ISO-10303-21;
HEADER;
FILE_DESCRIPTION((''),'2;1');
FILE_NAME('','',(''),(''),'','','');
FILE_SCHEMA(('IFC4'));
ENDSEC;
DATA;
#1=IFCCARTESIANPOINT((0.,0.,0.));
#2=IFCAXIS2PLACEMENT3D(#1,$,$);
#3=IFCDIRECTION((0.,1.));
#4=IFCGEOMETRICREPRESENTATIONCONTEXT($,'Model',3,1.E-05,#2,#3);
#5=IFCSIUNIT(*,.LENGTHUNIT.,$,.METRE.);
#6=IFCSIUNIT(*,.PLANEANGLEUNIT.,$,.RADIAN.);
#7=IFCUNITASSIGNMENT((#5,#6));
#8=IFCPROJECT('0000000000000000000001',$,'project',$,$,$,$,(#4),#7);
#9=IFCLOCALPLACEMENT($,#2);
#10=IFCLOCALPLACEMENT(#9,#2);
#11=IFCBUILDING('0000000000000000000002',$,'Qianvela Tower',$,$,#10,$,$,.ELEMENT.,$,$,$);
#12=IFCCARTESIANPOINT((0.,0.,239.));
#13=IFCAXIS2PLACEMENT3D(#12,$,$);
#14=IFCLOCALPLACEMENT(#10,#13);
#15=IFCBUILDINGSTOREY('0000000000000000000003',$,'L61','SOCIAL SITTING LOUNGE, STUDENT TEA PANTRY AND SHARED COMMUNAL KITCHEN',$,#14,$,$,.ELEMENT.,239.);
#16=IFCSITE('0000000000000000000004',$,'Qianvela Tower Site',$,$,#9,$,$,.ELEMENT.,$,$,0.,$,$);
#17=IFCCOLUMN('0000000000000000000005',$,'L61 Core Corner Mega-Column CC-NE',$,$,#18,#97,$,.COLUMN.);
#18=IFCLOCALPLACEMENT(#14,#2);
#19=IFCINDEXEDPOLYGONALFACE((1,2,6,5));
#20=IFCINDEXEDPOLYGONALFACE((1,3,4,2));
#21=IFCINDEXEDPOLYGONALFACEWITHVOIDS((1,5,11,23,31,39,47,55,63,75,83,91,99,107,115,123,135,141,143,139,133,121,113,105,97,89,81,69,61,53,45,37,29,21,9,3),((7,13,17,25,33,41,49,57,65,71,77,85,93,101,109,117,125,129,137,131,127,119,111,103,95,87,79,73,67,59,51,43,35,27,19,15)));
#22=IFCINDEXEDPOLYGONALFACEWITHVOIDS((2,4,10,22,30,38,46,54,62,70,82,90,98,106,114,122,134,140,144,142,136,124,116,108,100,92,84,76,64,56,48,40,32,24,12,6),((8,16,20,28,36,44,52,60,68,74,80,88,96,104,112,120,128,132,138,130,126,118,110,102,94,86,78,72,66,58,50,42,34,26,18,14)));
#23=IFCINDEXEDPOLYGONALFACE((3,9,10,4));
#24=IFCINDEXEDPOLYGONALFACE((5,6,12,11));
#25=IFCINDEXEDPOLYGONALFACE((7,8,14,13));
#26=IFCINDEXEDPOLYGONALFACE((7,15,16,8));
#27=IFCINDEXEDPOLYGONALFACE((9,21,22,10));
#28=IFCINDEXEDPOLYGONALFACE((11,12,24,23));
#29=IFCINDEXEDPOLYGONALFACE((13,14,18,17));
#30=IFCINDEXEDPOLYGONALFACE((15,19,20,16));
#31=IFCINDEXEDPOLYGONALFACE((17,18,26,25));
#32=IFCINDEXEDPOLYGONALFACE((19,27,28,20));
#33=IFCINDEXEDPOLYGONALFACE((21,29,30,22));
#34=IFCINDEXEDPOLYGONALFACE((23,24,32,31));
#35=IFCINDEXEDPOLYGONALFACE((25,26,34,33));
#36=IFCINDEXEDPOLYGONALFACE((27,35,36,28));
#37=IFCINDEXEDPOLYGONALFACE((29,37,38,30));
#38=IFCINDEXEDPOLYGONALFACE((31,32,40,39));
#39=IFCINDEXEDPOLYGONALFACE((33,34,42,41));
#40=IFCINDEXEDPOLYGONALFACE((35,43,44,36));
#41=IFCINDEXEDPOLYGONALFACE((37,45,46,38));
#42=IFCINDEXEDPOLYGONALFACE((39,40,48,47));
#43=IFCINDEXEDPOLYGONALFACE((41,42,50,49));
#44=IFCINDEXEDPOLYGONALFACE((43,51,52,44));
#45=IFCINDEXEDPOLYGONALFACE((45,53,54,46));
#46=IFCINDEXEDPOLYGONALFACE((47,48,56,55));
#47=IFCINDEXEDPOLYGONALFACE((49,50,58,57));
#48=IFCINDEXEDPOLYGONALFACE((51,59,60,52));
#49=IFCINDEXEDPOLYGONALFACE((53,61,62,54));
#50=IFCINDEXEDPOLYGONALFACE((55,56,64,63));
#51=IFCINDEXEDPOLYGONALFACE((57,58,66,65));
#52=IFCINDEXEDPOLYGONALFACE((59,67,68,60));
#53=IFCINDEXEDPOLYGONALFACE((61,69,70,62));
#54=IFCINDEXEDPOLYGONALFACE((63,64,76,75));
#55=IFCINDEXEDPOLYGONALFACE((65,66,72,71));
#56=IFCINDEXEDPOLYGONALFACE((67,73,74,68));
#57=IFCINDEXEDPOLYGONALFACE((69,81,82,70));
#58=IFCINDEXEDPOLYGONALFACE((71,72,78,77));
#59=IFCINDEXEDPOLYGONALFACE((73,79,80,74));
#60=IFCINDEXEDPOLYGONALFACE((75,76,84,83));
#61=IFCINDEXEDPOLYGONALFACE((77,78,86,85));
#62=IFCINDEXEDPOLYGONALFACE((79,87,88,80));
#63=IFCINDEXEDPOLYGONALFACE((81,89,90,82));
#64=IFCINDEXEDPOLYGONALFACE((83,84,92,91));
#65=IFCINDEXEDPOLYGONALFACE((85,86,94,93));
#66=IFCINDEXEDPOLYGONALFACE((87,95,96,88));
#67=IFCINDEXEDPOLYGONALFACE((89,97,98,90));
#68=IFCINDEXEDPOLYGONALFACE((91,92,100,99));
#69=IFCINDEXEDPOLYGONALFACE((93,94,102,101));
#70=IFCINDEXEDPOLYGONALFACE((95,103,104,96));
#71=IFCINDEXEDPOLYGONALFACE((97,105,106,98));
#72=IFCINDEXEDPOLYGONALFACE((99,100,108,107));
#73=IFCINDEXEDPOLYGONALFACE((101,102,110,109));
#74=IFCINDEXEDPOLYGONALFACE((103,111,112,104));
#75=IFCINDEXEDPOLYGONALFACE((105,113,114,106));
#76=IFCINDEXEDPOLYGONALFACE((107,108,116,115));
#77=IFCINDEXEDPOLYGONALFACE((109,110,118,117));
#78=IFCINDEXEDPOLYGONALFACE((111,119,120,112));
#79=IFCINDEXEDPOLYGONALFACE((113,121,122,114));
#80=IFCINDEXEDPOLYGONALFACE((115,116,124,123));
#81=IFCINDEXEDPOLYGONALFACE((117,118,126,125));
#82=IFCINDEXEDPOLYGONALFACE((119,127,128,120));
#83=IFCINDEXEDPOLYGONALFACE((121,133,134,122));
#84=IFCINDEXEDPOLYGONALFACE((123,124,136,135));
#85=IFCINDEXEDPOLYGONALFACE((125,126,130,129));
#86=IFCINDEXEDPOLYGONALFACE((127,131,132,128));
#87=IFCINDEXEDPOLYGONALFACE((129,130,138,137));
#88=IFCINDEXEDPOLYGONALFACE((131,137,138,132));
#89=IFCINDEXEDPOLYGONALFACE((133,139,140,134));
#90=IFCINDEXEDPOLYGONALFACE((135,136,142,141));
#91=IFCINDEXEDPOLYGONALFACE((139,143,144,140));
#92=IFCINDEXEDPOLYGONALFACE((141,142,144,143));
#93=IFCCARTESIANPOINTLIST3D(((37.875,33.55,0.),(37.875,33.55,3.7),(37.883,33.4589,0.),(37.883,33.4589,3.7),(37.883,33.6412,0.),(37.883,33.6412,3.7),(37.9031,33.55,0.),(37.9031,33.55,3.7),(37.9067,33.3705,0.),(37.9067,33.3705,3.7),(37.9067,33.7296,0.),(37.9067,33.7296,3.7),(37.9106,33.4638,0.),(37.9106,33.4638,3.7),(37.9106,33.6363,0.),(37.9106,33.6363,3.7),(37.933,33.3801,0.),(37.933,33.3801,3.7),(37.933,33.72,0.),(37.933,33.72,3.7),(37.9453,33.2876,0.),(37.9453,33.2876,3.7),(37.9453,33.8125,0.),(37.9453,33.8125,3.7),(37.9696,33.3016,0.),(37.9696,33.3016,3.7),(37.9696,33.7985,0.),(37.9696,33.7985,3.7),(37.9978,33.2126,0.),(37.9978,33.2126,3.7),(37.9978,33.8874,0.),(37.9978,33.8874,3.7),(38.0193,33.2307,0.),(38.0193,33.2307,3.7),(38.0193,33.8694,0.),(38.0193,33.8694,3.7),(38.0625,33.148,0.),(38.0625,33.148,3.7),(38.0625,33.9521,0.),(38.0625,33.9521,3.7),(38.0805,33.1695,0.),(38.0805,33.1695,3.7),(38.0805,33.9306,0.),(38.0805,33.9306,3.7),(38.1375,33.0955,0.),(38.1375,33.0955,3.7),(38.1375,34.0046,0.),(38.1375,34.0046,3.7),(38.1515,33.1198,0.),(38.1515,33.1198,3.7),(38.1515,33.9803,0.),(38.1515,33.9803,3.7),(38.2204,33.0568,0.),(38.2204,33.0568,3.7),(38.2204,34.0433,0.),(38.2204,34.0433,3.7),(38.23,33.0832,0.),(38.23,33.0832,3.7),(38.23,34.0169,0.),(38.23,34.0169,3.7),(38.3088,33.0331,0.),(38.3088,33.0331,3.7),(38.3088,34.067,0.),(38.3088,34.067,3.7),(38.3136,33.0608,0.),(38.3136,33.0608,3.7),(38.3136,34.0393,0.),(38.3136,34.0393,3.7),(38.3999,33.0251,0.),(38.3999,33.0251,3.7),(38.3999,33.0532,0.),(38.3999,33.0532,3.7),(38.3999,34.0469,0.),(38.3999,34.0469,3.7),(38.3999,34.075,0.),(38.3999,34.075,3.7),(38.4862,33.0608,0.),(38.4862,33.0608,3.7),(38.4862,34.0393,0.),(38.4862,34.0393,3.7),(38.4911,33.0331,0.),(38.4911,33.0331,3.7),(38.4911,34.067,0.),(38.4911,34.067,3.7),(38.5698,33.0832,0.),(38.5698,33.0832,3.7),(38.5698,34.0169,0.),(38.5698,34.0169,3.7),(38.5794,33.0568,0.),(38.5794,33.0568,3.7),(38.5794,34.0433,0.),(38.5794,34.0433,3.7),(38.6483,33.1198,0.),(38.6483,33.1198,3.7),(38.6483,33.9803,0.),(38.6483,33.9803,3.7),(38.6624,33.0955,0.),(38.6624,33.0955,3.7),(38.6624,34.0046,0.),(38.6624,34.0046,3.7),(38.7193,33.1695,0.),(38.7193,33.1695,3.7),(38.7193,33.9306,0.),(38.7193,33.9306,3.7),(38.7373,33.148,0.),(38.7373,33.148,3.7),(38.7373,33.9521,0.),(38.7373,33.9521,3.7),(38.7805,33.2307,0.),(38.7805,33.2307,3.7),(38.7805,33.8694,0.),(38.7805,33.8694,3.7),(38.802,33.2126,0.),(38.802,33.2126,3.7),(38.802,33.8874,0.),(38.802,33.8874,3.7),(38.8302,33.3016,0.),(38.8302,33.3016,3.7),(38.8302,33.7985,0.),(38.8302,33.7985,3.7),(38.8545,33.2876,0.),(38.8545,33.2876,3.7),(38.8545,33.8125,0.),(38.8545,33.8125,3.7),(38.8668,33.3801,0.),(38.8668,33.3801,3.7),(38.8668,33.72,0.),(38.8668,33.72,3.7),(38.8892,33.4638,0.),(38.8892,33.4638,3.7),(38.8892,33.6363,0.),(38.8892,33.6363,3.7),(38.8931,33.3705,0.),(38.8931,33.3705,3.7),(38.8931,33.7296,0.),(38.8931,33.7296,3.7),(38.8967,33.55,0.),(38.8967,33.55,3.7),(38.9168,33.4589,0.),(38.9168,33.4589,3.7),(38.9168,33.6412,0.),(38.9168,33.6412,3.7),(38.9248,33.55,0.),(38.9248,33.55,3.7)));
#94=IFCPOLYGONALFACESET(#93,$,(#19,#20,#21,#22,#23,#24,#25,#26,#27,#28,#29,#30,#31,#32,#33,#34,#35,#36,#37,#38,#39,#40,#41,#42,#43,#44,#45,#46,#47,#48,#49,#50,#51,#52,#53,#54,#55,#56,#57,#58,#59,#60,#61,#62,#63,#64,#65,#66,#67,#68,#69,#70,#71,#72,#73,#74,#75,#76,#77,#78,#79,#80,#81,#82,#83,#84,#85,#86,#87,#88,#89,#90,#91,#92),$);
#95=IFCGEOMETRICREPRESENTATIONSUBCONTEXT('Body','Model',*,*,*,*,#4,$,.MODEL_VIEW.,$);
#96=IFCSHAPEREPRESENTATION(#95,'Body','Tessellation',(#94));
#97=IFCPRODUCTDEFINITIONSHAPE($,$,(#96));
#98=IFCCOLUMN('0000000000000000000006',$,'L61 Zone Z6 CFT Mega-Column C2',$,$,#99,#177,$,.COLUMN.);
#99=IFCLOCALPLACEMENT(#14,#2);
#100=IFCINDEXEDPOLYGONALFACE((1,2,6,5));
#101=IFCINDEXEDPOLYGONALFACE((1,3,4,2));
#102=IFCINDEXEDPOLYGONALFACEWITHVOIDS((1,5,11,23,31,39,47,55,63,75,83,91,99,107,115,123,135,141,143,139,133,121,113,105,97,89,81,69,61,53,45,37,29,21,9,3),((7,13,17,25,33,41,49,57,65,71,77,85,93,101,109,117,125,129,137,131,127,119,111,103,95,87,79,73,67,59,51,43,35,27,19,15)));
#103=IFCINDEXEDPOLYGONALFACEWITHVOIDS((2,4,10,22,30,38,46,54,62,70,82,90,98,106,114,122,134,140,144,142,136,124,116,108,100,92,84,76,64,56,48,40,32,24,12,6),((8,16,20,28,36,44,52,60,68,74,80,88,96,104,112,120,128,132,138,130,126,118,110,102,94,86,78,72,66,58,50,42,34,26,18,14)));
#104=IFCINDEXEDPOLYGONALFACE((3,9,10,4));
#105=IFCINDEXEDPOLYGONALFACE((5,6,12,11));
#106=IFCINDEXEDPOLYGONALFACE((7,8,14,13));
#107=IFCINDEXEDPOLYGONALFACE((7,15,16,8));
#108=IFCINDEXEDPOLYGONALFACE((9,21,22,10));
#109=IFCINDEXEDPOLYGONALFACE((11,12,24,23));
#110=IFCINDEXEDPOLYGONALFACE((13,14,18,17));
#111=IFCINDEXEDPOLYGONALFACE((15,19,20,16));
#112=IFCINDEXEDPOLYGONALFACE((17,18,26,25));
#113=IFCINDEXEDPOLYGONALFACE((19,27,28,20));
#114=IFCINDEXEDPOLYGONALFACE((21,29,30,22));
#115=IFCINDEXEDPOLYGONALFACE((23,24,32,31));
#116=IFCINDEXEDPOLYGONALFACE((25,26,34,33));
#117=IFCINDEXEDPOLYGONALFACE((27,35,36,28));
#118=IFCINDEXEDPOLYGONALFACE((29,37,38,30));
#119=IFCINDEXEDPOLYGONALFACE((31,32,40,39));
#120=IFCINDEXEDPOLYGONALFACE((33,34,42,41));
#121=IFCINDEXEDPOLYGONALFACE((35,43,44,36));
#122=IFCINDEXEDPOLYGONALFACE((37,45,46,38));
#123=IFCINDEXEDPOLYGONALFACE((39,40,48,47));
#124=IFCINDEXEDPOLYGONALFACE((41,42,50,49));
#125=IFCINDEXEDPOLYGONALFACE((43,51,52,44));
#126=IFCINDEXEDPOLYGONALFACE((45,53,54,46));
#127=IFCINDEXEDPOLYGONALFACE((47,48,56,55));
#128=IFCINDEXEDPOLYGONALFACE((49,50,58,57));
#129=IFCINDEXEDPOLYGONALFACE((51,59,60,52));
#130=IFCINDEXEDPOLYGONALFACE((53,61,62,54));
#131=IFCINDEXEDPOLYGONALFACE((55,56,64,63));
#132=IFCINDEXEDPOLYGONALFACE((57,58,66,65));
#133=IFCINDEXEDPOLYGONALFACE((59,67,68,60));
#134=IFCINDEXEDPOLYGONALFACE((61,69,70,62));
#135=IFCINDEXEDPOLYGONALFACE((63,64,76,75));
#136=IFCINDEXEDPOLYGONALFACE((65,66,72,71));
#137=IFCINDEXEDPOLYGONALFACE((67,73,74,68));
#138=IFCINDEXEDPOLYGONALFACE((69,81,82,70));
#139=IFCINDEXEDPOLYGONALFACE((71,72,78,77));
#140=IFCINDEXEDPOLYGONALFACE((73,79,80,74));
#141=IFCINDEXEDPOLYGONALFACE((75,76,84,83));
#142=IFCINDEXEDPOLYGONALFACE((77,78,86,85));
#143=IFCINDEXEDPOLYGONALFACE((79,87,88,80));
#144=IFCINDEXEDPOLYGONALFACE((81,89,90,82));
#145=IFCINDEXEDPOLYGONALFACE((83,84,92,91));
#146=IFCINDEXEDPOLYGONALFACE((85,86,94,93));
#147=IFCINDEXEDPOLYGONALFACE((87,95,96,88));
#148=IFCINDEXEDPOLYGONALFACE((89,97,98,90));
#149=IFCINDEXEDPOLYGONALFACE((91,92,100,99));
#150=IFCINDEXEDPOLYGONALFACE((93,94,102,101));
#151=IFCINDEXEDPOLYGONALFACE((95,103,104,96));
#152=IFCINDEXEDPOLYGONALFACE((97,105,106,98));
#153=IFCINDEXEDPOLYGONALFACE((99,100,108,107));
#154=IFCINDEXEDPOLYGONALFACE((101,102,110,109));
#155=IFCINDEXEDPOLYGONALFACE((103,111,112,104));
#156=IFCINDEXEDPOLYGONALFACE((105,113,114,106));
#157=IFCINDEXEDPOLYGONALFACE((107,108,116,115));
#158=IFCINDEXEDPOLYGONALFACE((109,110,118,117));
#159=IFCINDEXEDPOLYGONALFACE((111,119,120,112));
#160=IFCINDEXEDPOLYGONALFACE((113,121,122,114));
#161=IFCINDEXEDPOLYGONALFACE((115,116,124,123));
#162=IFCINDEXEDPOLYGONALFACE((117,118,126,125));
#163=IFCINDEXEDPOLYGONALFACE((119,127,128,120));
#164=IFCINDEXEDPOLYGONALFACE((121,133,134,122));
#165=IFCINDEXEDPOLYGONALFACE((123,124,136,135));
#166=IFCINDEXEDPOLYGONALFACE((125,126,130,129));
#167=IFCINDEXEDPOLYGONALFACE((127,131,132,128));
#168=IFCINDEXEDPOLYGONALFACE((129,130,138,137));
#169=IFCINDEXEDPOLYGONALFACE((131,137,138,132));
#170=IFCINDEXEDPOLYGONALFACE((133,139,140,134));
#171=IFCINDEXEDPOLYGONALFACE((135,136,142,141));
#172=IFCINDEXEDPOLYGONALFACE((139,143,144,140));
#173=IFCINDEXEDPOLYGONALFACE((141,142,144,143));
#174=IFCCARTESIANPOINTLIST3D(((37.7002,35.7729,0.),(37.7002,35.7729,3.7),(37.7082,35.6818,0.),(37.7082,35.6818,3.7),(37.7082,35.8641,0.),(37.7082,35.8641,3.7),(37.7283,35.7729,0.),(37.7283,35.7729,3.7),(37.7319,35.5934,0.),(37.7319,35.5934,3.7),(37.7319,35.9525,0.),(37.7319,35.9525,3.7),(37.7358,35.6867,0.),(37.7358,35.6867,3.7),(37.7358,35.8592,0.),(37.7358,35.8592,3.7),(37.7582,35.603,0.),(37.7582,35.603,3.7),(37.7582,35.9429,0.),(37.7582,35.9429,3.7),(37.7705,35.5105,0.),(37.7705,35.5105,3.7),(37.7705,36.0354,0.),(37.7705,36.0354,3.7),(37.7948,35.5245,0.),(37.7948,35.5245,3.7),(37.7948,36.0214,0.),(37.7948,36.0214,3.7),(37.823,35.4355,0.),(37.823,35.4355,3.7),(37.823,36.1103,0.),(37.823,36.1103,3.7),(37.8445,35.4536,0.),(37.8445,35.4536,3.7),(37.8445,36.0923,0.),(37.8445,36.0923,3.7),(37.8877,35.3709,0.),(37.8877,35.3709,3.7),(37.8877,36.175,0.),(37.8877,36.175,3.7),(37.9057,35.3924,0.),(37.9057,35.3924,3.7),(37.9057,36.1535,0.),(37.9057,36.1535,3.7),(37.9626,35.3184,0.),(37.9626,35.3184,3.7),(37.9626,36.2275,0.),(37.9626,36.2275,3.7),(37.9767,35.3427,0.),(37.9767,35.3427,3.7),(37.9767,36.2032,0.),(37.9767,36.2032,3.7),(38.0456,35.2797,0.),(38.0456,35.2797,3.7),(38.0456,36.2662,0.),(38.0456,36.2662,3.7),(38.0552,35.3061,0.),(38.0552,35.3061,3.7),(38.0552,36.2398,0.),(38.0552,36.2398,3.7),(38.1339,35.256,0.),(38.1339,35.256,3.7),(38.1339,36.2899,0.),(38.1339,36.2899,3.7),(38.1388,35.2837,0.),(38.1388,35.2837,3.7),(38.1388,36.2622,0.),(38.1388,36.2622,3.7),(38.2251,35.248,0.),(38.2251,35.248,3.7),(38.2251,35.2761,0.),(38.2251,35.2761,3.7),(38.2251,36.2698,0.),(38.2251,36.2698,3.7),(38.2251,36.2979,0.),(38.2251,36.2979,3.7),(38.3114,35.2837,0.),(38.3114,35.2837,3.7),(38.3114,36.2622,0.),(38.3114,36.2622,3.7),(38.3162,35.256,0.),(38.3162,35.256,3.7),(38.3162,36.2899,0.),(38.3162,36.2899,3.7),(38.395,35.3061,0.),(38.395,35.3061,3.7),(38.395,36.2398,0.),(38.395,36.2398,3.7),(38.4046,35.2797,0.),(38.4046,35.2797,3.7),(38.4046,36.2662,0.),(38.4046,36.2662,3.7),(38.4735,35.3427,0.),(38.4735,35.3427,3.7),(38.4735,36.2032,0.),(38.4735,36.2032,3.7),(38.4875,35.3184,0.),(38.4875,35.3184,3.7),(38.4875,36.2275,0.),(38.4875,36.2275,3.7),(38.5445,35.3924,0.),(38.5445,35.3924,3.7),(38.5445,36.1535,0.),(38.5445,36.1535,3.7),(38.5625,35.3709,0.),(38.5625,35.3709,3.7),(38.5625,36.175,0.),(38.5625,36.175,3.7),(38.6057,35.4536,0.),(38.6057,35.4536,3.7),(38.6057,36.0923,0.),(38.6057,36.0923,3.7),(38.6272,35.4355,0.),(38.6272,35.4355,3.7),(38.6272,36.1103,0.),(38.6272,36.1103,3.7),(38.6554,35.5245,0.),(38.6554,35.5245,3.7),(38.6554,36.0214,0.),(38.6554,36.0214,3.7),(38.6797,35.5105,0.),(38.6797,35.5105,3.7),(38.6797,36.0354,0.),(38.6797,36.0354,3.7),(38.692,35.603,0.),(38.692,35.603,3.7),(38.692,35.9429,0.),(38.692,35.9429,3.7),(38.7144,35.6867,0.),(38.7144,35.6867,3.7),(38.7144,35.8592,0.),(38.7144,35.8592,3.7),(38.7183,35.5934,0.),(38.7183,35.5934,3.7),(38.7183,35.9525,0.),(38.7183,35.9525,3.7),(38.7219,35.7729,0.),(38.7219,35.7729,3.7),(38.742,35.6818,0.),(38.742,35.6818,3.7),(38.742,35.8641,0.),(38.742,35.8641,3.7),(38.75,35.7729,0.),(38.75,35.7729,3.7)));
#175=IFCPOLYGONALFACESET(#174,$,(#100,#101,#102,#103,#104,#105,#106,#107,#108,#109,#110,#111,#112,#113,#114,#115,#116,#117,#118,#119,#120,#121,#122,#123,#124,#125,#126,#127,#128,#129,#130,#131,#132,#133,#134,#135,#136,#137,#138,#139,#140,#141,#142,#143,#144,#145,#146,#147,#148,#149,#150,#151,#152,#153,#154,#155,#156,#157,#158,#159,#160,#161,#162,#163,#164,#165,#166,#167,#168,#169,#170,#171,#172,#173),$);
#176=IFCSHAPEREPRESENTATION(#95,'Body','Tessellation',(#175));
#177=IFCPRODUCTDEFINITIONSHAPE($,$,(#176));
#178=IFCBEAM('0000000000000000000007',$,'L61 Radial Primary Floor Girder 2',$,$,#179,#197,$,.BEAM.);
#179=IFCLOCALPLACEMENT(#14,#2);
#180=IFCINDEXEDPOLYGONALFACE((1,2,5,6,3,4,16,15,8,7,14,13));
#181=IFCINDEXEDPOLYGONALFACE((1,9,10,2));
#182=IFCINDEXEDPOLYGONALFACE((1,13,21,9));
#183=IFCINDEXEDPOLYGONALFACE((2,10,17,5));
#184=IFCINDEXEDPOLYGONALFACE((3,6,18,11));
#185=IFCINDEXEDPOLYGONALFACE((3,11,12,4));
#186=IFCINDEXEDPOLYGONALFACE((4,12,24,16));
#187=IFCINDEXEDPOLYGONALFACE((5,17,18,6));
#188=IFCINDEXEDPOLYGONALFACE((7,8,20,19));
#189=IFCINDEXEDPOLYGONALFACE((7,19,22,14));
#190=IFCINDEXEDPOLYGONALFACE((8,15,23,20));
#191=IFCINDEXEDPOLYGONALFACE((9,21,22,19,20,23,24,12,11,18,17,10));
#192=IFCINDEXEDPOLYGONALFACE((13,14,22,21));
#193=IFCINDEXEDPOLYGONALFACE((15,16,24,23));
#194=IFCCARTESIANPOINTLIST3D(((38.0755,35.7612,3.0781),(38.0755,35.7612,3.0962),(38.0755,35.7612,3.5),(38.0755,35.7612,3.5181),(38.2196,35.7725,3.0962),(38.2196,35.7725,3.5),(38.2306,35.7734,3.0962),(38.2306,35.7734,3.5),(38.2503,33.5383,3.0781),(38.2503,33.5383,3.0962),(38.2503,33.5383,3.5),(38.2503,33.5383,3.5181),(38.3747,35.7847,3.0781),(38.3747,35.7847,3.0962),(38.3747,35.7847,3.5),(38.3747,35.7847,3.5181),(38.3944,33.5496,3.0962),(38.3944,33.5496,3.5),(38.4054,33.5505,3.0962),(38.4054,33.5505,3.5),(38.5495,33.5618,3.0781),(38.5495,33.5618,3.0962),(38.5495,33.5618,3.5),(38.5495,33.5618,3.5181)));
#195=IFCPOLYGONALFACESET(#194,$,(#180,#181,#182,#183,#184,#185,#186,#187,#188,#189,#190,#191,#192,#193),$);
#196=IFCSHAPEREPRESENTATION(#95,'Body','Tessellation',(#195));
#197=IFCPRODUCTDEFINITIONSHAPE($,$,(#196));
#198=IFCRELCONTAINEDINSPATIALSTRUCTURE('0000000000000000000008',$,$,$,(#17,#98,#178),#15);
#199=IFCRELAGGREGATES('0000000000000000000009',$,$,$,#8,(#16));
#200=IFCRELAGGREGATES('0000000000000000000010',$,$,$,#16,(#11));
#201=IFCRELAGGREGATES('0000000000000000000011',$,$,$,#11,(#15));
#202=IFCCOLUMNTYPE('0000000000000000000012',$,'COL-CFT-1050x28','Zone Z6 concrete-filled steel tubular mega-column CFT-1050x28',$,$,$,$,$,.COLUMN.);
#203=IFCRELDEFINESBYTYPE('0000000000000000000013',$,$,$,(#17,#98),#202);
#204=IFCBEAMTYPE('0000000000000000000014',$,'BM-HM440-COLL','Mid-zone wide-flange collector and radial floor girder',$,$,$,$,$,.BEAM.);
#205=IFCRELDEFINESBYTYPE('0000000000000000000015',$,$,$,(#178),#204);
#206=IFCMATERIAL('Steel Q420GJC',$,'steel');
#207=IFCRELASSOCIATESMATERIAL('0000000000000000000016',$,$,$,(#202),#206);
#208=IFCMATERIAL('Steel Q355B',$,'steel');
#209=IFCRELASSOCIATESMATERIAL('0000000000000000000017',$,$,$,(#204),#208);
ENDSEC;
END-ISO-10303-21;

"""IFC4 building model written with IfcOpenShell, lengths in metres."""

from ifc_helpers import new_model, si_unit, direction, frame, origin, origin_2d, place, context, subcontext, project, spatial, hollow_circle, i_section, extrude, material, material_profile, profile_set, type_object, element, save


model = new_model("IFC4")

# Units and contexts
model_context = context("Model", 3, precision=1e-05, world=origin(), true_north=direction((0.0, 1.0)))
body_context = subcontext(model_context, "Body", "Model", "MODEL_VIEW")
ifc_project = project(units=[si_unit("LENGTHUNIT", "METRE"), si_unit("PLANEANGLEUNIT", "RADIAN")], contexts=[model_context])

# Site, building, storey
site_placement = place(None, origin())
site = spatial("IfcSite", under=ifc_project, at=site_placement, Name="Qianvela Tower Site", CompositionType="ELEMENT", RefElevation=0.0)
building_placement = place(site_placement, origin())
building = spatial("IfcBuilding", under=site, at=building_placement, Name="Qianvela Tower", CompositionType="ELEMENT")
storey_placement = place(building_placement, frame((0.0, 0.0, 239.0)))
storey = spatial("IfcBuildingStorey", under=building, at=storey_placement, Name="L61", Description="SOCIAL SITTING LOUNGE, STUDENT TEA PANTRY AND SHARED COMMUNAL KITCHEN", CompositionType="ELEMENT", Elevation=239.0)

# Columns
ifc_material_1 = material(Name="Steel Q420GJC", Category="steel")
ifc_material_profile_1 = material_profile(ifc_material_1, hollow_circle(Radius=0.5249, WallThickness=0.0281, at=origin_2d()), Name="CFT-1050x28")
ifc_profile_set_1 = profile_set([ifc_material_profile_1], Name="Steel Q420GJC")
column_type = type_object("IfcColumnType", Name="COL-CFT-1050x28", Description="Zone Z6 concrete-filled steel tubular mega-column CFT-1050x28", PredefinedType="COLUMN", material=ifc_profile_set_1)
for number, where, z_axis, x_axis, name in (
    (1, (38.3999, 33.55, 0.0), (0.0, 0.0, 1.0), (1.0, 0.0, 0.0), "L61 Core Corner Mega-Column CC-NE"),
    (2, (38.2251, 35.7729, 0.0), (0.0, 0.0, 1.0), (1.0, 0.0, 0.0), "L61 Zone Z6 CFT Mega-Column C2"),
):
    element("IfcColumn", number, at=place(storey_placement, frame(where, z_axis=z_axis, x_axis=x_axis)), inside=storey, type_object=column_type, Name=name, PredefinedType="COLUMN", context=body_context, shape_type="SweptSolid", body=[
        extrude(hollow_circle(Radius=0.5249, WallThickness=0.0281, at=origin_2d()), origin(), (0.0, 0.0, 1.0), 3.7),
    ])

# Beam
ifc_material_2 = material(Name="Steel Q355B", Category="steel")
ifc_material_profile_2 = material_profile(ifc_material_2, i_section(OverallWidth=0.3, OverallDepth=0.4399, WebThickness=0.011, FlangeThickness=0.0181, at=origin_2d()), Name="HM440x300x11x18")
ifc_profile_set_2 = profile_set([ifc_material_profile_2], Name="Steel Q355B")
beam_type_1 = type_object("IfcBeamType", Name="BM-HM440-COLL", Description="Mid-zone wide-flange collector and radial floor girder", PredefinedType="BEAM", material=ifc_profile_set_2)
beam_1_placement = place(storey_placement, frame((38.3999, 33.55, 3.2981), z_axis=(-0.078396, 0.996922, 0.0), x_axis=(-0.996922, -0.078396, 0.0)))
element("IfcBeam", 3, at=beam_1_placement, inside=storey, type_object=beam_type_1, Name="L61 Radial Primary Floor Girder 2", PredefinedType="BEAM", context=body_context, shape_type="SweptSolid", body=[
    extrude(i_section(OverallWidth=0.3, OverallDepth=0.4399, WebThickness=0.011, FlangeThickness=0.0181, at=origin_2d()), origin(), (0.0, 0.0, 1.0), 2.2297),
])

save(model, "model.ifc")
